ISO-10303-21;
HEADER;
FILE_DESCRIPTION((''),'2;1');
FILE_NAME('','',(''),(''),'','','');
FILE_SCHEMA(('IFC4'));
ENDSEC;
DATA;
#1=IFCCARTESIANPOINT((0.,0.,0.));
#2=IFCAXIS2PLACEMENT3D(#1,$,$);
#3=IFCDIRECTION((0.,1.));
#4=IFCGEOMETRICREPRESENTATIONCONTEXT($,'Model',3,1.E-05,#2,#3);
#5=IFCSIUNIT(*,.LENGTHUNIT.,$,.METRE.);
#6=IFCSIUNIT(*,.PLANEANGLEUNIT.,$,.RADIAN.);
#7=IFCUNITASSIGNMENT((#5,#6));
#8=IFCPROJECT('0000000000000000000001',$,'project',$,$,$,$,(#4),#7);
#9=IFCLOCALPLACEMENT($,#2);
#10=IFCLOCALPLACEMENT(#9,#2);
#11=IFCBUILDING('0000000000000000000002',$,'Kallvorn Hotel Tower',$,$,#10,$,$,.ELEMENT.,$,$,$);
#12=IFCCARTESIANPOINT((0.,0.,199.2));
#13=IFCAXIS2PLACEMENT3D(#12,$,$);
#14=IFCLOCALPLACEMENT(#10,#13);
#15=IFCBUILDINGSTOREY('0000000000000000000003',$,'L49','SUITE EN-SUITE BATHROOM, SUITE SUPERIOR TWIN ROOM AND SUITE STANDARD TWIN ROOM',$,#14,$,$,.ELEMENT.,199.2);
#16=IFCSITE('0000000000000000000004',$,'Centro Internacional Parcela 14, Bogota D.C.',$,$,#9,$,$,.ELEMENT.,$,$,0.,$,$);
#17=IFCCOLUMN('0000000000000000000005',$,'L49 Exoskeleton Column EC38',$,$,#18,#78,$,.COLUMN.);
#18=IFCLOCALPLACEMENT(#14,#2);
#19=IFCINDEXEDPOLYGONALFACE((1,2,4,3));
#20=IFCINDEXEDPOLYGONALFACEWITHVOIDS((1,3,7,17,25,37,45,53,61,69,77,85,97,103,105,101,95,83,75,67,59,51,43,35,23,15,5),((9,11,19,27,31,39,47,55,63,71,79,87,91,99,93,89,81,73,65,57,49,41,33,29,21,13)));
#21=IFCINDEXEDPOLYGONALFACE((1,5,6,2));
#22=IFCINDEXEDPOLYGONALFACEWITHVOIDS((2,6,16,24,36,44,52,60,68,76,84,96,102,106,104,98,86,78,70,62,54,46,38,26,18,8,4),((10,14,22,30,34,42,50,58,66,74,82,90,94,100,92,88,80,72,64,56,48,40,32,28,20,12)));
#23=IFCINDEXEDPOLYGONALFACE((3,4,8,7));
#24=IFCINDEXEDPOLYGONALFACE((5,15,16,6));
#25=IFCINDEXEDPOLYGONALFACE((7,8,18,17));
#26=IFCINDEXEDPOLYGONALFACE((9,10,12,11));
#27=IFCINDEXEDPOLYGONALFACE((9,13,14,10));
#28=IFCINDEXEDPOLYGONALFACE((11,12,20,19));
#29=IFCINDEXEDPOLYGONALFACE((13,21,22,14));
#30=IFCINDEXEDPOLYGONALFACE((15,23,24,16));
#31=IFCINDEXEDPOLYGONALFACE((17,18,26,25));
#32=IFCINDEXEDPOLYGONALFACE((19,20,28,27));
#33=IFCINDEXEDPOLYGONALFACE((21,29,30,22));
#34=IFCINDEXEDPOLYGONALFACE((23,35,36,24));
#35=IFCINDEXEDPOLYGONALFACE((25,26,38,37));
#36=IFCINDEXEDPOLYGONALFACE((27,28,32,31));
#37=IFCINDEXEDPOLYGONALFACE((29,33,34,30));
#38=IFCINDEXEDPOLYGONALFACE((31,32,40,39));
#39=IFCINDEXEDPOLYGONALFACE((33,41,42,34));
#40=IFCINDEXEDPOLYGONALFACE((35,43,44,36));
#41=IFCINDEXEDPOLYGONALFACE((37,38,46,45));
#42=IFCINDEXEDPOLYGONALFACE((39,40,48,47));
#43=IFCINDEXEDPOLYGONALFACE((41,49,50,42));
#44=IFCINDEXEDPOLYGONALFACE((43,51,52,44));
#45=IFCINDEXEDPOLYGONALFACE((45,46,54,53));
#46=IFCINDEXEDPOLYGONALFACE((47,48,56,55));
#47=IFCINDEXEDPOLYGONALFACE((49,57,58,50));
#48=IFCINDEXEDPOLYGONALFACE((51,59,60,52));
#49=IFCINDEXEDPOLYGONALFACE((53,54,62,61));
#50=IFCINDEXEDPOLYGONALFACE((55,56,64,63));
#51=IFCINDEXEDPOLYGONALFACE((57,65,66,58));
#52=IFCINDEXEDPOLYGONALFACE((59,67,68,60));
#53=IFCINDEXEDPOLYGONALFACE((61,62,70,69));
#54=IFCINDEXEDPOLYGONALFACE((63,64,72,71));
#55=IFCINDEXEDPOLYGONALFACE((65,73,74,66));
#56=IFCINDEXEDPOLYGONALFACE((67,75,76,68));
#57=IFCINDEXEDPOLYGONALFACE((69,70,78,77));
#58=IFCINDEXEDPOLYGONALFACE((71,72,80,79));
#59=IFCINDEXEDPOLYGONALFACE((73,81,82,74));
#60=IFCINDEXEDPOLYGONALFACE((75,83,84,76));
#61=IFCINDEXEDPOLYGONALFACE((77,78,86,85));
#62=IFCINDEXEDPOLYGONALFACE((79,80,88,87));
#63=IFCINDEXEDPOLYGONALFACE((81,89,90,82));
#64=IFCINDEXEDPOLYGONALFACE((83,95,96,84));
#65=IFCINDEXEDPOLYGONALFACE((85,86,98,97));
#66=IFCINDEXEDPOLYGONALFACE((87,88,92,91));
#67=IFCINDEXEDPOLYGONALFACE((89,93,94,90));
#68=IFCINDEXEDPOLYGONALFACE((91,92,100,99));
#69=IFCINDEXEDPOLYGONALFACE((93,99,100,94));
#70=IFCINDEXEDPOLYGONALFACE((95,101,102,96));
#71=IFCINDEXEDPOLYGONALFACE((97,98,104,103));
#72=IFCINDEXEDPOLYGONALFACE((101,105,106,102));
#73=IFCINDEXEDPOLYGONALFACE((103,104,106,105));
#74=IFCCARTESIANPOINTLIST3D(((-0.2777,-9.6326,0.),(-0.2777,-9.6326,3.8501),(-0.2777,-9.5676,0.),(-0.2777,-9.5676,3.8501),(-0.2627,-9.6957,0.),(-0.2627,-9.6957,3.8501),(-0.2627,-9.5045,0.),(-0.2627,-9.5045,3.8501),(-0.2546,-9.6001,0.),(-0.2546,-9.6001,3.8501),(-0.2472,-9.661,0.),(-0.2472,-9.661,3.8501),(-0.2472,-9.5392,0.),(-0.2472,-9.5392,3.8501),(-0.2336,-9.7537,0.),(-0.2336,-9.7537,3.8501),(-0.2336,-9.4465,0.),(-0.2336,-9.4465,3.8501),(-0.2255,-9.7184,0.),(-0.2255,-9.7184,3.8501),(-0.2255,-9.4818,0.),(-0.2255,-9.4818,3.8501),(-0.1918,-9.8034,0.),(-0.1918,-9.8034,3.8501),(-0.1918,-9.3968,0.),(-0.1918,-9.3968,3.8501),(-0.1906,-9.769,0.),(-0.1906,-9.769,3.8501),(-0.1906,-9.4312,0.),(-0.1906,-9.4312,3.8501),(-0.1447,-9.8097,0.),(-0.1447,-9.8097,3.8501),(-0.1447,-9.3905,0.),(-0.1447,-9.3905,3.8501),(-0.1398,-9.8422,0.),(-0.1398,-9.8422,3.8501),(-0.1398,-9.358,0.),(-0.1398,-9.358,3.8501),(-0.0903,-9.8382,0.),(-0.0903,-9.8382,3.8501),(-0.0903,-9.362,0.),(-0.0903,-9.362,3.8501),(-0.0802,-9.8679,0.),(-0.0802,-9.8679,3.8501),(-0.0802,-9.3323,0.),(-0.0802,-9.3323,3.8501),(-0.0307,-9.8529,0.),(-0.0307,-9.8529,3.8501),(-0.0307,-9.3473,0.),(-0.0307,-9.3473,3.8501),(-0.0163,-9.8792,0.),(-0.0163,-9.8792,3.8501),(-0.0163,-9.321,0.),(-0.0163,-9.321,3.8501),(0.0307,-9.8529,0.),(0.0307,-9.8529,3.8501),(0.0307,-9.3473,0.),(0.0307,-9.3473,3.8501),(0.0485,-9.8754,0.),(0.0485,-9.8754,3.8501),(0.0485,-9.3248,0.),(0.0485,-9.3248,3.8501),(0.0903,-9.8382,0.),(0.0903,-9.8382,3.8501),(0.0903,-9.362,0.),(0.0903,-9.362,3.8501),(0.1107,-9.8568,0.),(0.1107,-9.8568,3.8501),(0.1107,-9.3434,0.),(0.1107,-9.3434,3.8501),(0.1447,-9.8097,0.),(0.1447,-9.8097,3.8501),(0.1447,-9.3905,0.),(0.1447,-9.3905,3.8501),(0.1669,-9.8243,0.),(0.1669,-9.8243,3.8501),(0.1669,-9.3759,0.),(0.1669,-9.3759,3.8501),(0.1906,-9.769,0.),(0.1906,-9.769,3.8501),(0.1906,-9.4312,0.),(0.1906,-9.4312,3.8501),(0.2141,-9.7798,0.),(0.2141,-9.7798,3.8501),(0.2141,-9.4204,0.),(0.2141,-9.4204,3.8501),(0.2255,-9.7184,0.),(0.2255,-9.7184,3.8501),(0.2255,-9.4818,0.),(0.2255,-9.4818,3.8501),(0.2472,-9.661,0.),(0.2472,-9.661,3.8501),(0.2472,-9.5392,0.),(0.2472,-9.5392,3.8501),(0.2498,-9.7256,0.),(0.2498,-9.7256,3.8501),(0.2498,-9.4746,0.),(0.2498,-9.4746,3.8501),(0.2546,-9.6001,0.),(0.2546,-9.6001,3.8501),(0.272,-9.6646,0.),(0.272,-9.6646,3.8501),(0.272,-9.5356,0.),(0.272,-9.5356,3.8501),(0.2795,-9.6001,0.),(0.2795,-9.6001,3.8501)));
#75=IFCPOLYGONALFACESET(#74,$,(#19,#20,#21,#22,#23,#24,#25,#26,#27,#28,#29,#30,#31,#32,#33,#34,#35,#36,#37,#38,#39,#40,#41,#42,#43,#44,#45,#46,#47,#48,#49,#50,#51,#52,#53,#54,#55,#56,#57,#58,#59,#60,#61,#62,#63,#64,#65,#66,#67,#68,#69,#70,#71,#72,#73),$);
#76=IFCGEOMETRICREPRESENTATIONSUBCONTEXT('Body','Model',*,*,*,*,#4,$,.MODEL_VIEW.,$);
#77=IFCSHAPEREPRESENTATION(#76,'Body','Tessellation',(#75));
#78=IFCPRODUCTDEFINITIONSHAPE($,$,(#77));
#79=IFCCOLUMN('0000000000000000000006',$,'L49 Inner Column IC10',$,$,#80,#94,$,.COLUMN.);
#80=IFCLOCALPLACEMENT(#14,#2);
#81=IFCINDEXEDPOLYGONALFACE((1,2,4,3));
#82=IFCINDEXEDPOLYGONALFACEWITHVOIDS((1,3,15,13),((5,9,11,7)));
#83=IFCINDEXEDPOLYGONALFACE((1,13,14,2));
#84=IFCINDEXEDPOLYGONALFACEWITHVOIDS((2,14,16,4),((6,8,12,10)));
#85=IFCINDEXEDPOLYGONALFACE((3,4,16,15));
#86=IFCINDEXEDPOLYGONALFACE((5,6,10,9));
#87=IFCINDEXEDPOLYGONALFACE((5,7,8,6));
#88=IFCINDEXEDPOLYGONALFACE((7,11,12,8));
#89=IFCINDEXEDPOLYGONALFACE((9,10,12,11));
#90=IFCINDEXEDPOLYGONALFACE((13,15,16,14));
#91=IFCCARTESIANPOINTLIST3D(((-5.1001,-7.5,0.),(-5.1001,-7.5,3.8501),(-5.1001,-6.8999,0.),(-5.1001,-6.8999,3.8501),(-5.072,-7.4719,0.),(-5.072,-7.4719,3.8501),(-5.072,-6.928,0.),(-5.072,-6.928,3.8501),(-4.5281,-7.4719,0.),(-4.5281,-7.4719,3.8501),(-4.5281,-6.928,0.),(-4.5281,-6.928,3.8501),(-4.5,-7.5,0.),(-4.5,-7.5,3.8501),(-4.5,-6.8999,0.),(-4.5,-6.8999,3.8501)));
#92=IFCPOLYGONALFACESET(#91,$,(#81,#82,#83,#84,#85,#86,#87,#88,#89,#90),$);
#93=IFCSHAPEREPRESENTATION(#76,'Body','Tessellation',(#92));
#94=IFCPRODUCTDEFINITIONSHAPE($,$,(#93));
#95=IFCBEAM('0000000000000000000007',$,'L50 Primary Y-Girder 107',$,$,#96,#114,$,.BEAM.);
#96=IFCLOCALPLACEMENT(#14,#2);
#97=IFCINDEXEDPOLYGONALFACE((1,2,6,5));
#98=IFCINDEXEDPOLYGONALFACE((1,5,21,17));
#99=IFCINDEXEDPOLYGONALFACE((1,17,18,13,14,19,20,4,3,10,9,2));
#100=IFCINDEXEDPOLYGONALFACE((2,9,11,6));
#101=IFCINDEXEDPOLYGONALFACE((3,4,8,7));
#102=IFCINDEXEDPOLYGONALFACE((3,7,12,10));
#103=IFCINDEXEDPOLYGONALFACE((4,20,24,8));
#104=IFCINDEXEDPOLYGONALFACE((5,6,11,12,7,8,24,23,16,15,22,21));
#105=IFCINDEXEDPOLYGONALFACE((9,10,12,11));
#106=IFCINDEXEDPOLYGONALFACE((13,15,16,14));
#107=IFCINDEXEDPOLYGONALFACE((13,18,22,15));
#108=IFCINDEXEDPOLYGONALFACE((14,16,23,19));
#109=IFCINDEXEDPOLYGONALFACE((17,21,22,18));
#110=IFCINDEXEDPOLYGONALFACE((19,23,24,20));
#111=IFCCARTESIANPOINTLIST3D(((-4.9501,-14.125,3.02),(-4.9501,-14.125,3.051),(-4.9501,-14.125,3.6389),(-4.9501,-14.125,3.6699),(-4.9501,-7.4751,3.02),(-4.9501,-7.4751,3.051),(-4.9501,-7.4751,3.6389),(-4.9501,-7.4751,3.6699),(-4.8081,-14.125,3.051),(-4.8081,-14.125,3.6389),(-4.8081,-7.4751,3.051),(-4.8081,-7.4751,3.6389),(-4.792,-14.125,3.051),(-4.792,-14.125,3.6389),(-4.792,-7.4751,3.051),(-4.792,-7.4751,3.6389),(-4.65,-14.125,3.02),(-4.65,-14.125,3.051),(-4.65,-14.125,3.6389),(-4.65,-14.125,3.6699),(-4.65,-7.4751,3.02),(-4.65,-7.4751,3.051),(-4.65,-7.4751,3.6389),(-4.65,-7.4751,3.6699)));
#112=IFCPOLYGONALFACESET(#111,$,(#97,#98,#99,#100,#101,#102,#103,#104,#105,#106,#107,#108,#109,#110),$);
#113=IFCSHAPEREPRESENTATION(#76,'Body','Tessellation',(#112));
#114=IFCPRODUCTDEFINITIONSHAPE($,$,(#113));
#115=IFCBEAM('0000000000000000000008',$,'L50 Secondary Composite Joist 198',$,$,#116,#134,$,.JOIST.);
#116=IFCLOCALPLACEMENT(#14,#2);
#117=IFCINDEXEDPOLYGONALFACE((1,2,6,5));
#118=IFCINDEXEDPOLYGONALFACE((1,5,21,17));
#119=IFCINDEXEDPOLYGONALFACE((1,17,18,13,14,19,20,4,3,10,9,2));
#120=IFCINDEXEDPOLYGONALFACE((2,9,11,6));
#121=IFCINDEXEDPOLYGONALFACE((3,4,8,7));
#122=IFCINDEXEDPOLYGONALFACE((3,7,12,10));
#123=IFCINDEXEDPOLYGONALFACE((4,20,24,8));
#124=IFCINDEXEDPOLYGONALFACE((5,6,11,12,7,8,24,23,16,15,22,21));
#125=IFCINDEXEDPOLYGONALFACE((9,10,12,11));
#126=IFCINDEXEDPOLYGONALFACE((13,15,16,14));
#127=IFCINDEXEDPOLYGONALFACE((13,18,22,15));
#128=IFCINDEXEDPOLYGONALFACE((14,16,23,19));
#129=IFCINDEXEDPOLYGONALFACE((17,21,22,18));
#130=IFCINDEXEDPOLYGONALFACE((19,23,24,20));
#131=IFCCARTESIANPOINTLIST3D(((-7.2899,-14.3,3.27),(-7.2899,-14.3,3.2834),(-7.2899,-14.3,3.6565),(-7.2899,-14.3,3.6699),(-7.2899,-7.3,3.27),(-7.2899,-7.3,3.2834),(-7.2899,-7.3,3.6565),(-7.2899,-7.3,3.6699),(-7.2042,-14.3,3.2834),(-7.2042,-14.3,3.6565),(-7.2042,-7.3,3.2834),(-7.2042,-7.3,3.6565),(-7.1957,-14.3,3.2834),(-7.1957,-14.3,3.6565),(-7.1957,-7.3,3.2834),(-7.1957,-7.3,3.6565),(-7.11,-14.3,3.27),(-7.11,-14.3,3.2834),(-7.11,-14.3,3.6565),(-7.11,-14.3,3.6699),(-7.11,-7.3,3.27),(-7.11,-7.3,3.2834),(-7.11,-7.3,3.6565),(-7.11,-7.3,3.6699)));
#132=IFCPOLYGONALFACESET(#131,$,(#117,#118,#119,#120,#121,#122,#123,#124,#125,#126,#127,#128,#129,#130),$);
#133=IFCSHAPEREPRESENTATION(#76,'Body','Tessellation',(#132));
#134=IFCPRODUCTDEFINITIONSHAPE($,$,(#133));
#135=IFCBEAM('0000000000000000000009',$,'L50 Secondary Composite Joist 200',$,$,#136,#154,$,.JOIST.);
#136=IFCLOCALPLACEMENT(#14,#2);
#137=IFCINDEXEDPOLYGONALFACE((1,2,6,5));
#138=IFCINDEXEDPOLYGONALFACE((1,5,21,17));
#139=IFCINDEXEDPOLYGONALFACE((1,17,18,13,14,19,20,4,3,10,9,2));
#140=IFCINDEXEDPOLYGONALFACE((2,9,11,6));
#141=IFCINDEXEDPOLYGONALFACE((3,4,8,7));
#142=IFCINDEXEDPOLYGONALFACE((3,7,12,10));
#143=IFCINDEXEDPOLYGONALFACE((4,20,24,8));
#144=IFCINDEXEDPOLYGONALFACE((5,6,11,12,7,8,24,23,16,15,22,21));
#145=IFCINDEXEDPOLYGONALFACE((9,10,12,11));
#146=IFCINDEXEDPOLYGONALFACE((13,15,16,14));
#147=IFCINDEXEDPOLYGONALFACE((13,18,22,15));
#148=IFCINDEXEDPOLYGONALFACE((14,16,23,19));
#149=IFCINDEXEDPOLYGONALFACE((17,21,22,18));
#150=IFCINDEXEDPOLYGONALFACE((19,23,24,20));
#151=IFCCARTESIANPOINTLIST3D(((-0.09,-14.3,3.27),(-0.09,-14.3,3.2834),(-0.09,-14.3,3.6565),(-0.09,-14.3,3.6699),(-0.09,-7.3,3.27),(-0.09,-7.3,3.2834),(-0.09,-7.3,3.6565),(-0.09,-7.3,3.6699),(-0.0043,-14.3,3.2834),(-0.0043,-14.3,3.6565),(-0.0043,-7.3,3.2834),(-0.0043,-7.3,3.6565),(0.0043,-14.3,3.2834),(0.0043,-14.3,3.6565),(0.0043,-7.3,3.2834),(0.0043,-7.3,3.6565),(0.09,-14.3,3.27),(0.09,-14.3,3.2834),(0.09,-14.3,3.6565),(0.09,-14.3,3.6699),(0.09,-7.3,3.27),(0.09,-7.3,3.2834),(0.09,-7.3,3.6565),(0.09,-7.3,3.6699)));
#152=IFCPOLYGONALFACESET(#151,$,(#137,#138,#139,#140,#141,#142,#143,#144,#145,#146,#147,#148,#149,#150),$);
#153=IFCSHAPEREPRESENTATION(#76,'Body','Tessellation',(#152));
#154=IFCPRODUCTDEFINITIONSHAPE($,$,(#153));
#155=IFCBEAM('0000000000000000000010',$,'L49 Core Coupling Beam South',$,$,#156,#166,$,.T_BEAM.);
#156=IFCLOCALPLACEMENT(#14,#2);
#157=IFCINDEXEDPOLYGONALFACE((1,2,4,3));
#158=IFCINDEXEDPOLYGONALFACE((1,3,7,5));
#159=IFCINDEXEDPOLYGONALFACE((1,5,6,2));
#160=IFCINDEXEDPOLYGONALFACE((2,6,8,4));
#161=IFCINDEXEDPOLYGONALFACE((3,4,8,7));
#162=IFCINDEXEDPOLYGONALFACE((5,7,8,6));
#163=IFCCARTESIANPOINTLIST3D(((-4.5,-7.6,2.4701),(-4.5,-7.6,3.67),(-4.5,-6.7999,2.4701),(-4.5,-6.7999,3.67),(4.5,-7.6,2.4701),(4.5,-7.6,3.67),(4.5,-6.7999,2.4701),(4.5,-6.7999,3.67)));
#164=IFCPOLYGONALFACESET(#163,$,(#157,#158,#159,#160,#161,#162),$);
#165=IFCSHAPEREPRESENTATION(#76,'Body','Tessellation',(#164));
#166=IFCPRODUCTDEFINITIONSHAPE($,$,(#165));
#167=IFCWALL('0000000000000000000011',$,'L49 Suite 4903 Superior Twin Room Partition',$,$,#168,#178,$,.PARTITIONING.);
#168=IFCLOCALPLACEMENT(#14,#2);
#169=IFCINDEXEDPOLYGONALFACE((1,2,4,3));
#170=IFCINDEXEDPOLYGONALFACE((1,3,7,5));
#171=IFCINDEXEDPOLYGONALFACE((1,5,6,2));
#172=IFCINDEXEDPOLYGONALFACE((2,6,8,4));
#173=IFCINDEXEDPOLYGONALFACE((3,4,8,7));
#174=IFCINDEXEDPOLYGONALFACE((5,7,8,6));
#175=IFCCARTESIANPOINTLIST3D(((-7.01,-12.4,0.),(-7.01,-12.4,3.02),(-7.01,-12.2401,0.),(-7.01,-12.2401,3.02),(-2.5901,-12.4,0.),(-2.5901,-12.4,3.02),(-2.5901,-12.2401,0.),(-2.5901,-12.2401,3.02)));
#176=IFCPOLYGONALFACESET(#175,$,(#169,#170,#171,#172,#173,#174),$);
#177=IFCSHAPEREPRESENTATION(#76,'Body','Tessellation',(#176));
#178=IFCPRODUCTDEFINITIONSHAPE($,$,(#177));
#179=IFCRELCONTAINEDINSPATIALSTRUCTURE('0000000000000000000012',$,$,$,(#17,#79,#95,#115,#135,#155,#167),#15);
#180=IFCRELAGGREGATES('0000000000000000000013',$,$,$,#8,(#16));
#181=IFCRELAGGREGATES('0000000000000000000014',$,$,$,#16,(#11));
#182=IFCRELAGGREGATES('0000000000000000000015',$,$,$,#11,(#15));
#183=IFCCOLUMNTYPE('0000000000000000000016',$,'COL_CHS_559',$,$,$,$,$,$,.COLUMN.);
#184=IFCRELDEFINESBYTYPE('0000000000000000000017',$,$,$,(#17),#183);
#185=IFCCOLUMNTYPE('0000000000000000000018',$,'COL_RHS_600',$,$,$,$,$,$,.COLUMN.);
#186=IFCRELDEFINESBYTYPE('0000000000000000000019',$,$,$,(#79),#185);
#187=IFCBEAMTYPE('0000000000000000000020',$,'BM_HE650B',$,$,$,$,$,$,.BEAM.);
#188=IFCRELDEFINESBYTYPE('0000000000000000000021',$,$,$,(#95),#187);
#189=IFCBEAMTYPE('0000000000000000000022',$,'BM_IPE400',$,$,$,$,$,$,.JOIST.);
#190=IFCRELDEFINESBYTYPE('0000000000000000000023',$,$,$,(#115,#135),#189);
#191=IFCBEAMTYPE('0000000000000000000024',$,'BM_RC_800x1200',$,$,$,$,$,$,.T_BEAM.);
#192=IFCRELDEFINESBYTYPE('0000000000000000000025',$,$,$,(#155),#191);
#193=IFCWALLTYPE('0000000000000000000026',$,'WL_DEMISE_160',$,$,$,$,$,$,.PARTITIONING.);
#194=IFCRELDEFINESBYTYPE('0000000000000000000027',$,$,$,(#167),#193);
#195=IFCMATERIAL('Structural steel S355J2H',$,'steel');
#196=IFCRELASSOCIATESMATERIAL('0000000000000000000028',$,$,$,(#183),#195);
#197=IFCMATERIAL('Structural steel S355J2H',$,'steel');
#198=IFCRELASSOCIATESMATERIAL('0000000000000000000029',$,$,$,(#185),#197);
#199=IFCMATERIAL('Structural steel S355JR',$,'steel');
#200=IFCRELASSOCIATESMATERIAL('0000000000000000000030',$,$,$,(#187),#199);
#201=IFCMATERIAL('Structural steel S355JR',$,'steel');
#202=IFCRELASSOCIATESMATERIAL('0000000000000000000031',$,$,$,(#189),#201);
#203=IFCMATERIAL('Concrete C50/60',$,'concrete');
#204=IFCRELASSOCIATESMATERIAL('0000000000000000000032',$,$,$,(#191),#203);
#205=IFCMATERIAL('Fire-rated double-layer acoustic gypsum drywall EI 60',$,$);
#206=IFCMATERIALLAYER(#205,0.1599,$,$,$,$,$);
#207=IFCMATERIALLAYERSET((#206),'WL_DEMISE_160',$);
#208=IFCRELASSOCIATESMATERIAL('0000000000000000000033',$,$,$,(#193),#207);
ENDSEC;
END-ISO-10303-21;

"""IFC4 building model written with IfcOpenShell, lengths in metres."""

from ifc_helpers import new_model, si_unit, direction, frame, frame_2d, origin, origin_2d, place, context, subcontext, project, spatial, rectangle, hollow_rectangle, hollow_circle, i_section, extrude, material, layer, layer_set, material_profile, profile_set, type_object, element, save


model = new_model("IFC4")

# Units and contexts
model_context = context("Model", 3, precision=1e-05, world=origin(), true_north=direction((0.0, 1.0)))
body_context = subcontext(model_context, "Body", "Model", "MODEL_VIEW")
ifc_project = project(units=[si_unit("LENGTHUNIT", "METRE"), si_unit("PLANEANGLEUNIT", "RADIAN")], contexts=[model_context])

# Site, building, storey
site_placement = place(None, origin())
site = spatial("IfcSite", under=ifc_project, at=site_placement, Name="Centro Internacional Parcela 14, Bogota D.C.", CompositionType="ELEMENT", RefElevation=0.0)
building_placement = place(site_placement, origin())
building = spatial("IfcBuilding", under=site, at=building_placement, Name="Kallvorn Hotel Tower", CompositionType="ELEMENT")
storey_placement = place(building_placement, frame((0.0, 0.0, 199.2)))
storey = spatial("IfcBuildingStorey", under=building, at=storey_placement, Name="L49", Description="SUITE EN-SUITE BATHROOM, SUITE SUPERIOR TWIN ROOM AND SUITE STANDARD TWIN ROOM", CompositionType="ELEMENT", Elevation=199.2)

# Columns
ifc_material_1 = material(Name="Structural steel S355J2H", Category="steel")
ifc_material_profile_1 = material_profile(ifc_material_1, hollow_circle(Radius=0.2795, WallThickness=0.0249, at=origin_2d()), Name="CHS 559x25")
ifc_profile_set_1 = profile_set([ifc_material_profile_1], Name="Structural steel S355J2H")
column_type_1 = type_object("IfcColumnType", Name="COL_CHS_559", PredefinedType="COLUMN", material=ifc_profile_set_1)
column_1_placement = place(storey_placement, frame((0.0, -9.6001, 0.0), z_axis=(0.0, 0.0, 1.0), x_axis=(1.0, 0.0, 0.0)))
element("IfcColumn", 1, at=column_1_placement, inside=storey, type_object=column_type_1, Name="L49 Exoskeleton Column EC38", PredefinedType="COLUMN", context=body_context, shape_type="SweptSolid", body=[
    extrude(hollow_circle(Radius=0.2795, WallThickness=0.0249, at=origin_2d()), origin(), (0.0, 0.0, 1.0), 3.8501),
])
ifc_material_2 = material(Name="Structural steel S355J2H", Category="steel")
ifc_material_profile_2 = material_profile(ifc_material_2, hollow_rectangle(XDim=0.6001, YDim=0.6001, WallThickness=0.0281, at=origin_2d()), Name="RHS 600x600x28")
ifc_profile_set_2 = profile_set([ifc_material_profile_2], Name="Structural steel S355J2H")
column_type_2 = type_object("IfcColumnType", Name="COL_RHS_600", PredefinedType="COLUMN", material=ifc_profile_set_2)
column_2_placement = place(storey_placement, frame((-4.8, -7.2, 0.0), z_axis=(0.0, 0.0, 1.0), x_axis=(1.0, 0.0, 0.0)))
element("IfcColumn", 2, at=column_2_placement, inside=storey, type_object=column_type_2, Name="L49 Inner Column IC10", PredefinedType="COLUMN", context=body_context, shape_type="SweptSolid", body=[
    extrude(hollow_rectangle(XDim=0.6001, YDim=0.6001, WallThickness=0.0281, at=origin_2d()), origin(), (0.0, 0.0, 1.0), 3.8501),
])

# Beams
ifc_material_3 = material(Name="Structural steel S355JR", Category="steel")
ifc_material_profile_3 = material_profile(ifc_material_3, i_section(OverallWidth=0.3, OverallDepth=0.6499, WebThickness=0.0161, FlangeThickness=0.031, at=origin_2d()), Name="HE 650 B")
ifc_profile_set_3 = profile_set([ifc_material_profile_3], Name="Structural steel S355JR")
beam_type_1 = type_object("IfcBeamType", Name="BM_HE650B", PredefinedType="BEAM", material=ifc_profile_set_3)
beam_1_placement = place(storey_placement, frame((-4.8, -14.125, 3.345), z_axis=(0.0, 1.0, 0.0), x_axis=(-1.0, 0.0, 0.0)))
element("IfcBeam", 3, at=beam_1_placement, inside=storey, type_object=beam_type_1, Name="L50 Primary Y-Girder 107", PredefinedType="BEAM", context=body_context, shape_type="SweptSolid", body=[
    extrude(i_section(OverallWidth=0.3, OverallDepth=0.6499, WebThickness=0.0161, FlangeThickness=0.031, at=origin_2d()), origin(), (0.0, 0.0, 1.0), 6.6499),
])
ifc_material_4 = material(Name="Structural steel S355JR", Category="steel")
ifc_material_profile_4 = material_profile(ifc_material_4, i_section(OverallWidth=0.1799, OverallDepth=0.3999, WebThickness=0.0085, FlangeThickness=0.0134, at=origin_2d()), Name="IPE 400")
ifc_profile_set_4 = profile_set([ifc_material_profile_4], Name="Structural steel S355JR")
beam_type_2 = type_object("IfcBeamType", Name="BM_IPE400", PredefinedType="JOIST", material=ifc_profile_set_4)
for number, where, z_axis, x_axis, name in (
    (4, (-7.2, -14.3, 3.47), (0.0, 1.0, 0.0), (-1.0, 0.0, 0.0), "L50 Secondary Composite Joist 198"),
    (5, (0.0, -14.3, 3.47), (0.0, 1.0, 0.0), (-1.0, 0.0, 0.0), "L50 Secondary Composite Joist 200"),
):
    element("IfcBeam", number, at=place(storey_placement, frame(where, z_axis=z_axis, x_axis=x_axis)), inside=storey, type_object=beam_type_2, Name=name, PredefinedType="JOIST", context=body_context, shape_type="SweptSolid", body=[
        extrude(i_section(OverallWidth=0.1799, OverallDepth=0.3999, WebThickness=0.0085, FlangeThickness=0.0134, at=origin_2d()), origin(), (0.0, 0.0, 1.0), 7.0),
    ])
ifc_material_5 = material(Name="Concrete C50/60", Category="concrete")
ifc_material_profile_5 = material_profile(ifc_material_5, rectangle(XDim=0.8, YDim=1.2, at=origin_2d()), Name="RC 800x1200")
ifc_profile_set_5 = profile_set([ifc_material_profile_5], Name="Concrete C50/60")
beam_type_3 = type_object("IfcBeamType", Name="BM_RC_800x1200", PredefinedType="T_BEAM", material=ifc_profile_set_5)
beam_2_placement = place(storey_placement, frame((-4.5, -7.2, 3.0701), z_axis=(1.0, 0.0, 0.0), x_axis=(0.0, 1.0, 0.0)))
element("IfcBeam", 6, at=beam_2_placement, inside=storey, type_object=beam_type_3, Name="L49 Core Coupling Beam South", PredefinedType="T_BEAM", context=body_context, shape_type="SweptSolid", body=[
    extrude(rectangle(XDim=0.8, YDim=1.2, at=origin_2d()), origin(), (0.0, 0.0, 1.0), 9.0),
])

# Wall
ifc_material_6 = material(Name="Fire-rated double-layer acoustic gypsum drywall EI 60")
ifc_layer_1 = layer(ifc_material_6, 0.1599)
ifc_layer_set_1 = layer_set([ifc_layer_1], Name="WL_DEMISE_160")
wall_type_1 = type_object("IfcWallType", Name="WL_DEMISE_160", PredefinedType="PARTITIONING", material=ifc_layer_set_1)
wall_1_placement = place(storey_placement, frame((-7.01, -12.3201, 0.0), z_axis=(0.0, 0.0, 1.0), x_axis=(1.0, 0.0, 0.0)))
element("IfcWall", 7, at=wall_1_placement, inside=storey, type_object=wall_type_1, Name="L49 Suite 4903 Superior Twin Room Partition", PredefinedType="PARTITIONING", context=body_context, shape_type="SweptSolid", body=[
    extrude(rectangle(XDim=4.4199, YDim=0.1599, at=frame_2d((2.21, 0.0))), origin(), (0.0, 0.0, 1.0), 3.02),
])

save(model, "model.ifc")
